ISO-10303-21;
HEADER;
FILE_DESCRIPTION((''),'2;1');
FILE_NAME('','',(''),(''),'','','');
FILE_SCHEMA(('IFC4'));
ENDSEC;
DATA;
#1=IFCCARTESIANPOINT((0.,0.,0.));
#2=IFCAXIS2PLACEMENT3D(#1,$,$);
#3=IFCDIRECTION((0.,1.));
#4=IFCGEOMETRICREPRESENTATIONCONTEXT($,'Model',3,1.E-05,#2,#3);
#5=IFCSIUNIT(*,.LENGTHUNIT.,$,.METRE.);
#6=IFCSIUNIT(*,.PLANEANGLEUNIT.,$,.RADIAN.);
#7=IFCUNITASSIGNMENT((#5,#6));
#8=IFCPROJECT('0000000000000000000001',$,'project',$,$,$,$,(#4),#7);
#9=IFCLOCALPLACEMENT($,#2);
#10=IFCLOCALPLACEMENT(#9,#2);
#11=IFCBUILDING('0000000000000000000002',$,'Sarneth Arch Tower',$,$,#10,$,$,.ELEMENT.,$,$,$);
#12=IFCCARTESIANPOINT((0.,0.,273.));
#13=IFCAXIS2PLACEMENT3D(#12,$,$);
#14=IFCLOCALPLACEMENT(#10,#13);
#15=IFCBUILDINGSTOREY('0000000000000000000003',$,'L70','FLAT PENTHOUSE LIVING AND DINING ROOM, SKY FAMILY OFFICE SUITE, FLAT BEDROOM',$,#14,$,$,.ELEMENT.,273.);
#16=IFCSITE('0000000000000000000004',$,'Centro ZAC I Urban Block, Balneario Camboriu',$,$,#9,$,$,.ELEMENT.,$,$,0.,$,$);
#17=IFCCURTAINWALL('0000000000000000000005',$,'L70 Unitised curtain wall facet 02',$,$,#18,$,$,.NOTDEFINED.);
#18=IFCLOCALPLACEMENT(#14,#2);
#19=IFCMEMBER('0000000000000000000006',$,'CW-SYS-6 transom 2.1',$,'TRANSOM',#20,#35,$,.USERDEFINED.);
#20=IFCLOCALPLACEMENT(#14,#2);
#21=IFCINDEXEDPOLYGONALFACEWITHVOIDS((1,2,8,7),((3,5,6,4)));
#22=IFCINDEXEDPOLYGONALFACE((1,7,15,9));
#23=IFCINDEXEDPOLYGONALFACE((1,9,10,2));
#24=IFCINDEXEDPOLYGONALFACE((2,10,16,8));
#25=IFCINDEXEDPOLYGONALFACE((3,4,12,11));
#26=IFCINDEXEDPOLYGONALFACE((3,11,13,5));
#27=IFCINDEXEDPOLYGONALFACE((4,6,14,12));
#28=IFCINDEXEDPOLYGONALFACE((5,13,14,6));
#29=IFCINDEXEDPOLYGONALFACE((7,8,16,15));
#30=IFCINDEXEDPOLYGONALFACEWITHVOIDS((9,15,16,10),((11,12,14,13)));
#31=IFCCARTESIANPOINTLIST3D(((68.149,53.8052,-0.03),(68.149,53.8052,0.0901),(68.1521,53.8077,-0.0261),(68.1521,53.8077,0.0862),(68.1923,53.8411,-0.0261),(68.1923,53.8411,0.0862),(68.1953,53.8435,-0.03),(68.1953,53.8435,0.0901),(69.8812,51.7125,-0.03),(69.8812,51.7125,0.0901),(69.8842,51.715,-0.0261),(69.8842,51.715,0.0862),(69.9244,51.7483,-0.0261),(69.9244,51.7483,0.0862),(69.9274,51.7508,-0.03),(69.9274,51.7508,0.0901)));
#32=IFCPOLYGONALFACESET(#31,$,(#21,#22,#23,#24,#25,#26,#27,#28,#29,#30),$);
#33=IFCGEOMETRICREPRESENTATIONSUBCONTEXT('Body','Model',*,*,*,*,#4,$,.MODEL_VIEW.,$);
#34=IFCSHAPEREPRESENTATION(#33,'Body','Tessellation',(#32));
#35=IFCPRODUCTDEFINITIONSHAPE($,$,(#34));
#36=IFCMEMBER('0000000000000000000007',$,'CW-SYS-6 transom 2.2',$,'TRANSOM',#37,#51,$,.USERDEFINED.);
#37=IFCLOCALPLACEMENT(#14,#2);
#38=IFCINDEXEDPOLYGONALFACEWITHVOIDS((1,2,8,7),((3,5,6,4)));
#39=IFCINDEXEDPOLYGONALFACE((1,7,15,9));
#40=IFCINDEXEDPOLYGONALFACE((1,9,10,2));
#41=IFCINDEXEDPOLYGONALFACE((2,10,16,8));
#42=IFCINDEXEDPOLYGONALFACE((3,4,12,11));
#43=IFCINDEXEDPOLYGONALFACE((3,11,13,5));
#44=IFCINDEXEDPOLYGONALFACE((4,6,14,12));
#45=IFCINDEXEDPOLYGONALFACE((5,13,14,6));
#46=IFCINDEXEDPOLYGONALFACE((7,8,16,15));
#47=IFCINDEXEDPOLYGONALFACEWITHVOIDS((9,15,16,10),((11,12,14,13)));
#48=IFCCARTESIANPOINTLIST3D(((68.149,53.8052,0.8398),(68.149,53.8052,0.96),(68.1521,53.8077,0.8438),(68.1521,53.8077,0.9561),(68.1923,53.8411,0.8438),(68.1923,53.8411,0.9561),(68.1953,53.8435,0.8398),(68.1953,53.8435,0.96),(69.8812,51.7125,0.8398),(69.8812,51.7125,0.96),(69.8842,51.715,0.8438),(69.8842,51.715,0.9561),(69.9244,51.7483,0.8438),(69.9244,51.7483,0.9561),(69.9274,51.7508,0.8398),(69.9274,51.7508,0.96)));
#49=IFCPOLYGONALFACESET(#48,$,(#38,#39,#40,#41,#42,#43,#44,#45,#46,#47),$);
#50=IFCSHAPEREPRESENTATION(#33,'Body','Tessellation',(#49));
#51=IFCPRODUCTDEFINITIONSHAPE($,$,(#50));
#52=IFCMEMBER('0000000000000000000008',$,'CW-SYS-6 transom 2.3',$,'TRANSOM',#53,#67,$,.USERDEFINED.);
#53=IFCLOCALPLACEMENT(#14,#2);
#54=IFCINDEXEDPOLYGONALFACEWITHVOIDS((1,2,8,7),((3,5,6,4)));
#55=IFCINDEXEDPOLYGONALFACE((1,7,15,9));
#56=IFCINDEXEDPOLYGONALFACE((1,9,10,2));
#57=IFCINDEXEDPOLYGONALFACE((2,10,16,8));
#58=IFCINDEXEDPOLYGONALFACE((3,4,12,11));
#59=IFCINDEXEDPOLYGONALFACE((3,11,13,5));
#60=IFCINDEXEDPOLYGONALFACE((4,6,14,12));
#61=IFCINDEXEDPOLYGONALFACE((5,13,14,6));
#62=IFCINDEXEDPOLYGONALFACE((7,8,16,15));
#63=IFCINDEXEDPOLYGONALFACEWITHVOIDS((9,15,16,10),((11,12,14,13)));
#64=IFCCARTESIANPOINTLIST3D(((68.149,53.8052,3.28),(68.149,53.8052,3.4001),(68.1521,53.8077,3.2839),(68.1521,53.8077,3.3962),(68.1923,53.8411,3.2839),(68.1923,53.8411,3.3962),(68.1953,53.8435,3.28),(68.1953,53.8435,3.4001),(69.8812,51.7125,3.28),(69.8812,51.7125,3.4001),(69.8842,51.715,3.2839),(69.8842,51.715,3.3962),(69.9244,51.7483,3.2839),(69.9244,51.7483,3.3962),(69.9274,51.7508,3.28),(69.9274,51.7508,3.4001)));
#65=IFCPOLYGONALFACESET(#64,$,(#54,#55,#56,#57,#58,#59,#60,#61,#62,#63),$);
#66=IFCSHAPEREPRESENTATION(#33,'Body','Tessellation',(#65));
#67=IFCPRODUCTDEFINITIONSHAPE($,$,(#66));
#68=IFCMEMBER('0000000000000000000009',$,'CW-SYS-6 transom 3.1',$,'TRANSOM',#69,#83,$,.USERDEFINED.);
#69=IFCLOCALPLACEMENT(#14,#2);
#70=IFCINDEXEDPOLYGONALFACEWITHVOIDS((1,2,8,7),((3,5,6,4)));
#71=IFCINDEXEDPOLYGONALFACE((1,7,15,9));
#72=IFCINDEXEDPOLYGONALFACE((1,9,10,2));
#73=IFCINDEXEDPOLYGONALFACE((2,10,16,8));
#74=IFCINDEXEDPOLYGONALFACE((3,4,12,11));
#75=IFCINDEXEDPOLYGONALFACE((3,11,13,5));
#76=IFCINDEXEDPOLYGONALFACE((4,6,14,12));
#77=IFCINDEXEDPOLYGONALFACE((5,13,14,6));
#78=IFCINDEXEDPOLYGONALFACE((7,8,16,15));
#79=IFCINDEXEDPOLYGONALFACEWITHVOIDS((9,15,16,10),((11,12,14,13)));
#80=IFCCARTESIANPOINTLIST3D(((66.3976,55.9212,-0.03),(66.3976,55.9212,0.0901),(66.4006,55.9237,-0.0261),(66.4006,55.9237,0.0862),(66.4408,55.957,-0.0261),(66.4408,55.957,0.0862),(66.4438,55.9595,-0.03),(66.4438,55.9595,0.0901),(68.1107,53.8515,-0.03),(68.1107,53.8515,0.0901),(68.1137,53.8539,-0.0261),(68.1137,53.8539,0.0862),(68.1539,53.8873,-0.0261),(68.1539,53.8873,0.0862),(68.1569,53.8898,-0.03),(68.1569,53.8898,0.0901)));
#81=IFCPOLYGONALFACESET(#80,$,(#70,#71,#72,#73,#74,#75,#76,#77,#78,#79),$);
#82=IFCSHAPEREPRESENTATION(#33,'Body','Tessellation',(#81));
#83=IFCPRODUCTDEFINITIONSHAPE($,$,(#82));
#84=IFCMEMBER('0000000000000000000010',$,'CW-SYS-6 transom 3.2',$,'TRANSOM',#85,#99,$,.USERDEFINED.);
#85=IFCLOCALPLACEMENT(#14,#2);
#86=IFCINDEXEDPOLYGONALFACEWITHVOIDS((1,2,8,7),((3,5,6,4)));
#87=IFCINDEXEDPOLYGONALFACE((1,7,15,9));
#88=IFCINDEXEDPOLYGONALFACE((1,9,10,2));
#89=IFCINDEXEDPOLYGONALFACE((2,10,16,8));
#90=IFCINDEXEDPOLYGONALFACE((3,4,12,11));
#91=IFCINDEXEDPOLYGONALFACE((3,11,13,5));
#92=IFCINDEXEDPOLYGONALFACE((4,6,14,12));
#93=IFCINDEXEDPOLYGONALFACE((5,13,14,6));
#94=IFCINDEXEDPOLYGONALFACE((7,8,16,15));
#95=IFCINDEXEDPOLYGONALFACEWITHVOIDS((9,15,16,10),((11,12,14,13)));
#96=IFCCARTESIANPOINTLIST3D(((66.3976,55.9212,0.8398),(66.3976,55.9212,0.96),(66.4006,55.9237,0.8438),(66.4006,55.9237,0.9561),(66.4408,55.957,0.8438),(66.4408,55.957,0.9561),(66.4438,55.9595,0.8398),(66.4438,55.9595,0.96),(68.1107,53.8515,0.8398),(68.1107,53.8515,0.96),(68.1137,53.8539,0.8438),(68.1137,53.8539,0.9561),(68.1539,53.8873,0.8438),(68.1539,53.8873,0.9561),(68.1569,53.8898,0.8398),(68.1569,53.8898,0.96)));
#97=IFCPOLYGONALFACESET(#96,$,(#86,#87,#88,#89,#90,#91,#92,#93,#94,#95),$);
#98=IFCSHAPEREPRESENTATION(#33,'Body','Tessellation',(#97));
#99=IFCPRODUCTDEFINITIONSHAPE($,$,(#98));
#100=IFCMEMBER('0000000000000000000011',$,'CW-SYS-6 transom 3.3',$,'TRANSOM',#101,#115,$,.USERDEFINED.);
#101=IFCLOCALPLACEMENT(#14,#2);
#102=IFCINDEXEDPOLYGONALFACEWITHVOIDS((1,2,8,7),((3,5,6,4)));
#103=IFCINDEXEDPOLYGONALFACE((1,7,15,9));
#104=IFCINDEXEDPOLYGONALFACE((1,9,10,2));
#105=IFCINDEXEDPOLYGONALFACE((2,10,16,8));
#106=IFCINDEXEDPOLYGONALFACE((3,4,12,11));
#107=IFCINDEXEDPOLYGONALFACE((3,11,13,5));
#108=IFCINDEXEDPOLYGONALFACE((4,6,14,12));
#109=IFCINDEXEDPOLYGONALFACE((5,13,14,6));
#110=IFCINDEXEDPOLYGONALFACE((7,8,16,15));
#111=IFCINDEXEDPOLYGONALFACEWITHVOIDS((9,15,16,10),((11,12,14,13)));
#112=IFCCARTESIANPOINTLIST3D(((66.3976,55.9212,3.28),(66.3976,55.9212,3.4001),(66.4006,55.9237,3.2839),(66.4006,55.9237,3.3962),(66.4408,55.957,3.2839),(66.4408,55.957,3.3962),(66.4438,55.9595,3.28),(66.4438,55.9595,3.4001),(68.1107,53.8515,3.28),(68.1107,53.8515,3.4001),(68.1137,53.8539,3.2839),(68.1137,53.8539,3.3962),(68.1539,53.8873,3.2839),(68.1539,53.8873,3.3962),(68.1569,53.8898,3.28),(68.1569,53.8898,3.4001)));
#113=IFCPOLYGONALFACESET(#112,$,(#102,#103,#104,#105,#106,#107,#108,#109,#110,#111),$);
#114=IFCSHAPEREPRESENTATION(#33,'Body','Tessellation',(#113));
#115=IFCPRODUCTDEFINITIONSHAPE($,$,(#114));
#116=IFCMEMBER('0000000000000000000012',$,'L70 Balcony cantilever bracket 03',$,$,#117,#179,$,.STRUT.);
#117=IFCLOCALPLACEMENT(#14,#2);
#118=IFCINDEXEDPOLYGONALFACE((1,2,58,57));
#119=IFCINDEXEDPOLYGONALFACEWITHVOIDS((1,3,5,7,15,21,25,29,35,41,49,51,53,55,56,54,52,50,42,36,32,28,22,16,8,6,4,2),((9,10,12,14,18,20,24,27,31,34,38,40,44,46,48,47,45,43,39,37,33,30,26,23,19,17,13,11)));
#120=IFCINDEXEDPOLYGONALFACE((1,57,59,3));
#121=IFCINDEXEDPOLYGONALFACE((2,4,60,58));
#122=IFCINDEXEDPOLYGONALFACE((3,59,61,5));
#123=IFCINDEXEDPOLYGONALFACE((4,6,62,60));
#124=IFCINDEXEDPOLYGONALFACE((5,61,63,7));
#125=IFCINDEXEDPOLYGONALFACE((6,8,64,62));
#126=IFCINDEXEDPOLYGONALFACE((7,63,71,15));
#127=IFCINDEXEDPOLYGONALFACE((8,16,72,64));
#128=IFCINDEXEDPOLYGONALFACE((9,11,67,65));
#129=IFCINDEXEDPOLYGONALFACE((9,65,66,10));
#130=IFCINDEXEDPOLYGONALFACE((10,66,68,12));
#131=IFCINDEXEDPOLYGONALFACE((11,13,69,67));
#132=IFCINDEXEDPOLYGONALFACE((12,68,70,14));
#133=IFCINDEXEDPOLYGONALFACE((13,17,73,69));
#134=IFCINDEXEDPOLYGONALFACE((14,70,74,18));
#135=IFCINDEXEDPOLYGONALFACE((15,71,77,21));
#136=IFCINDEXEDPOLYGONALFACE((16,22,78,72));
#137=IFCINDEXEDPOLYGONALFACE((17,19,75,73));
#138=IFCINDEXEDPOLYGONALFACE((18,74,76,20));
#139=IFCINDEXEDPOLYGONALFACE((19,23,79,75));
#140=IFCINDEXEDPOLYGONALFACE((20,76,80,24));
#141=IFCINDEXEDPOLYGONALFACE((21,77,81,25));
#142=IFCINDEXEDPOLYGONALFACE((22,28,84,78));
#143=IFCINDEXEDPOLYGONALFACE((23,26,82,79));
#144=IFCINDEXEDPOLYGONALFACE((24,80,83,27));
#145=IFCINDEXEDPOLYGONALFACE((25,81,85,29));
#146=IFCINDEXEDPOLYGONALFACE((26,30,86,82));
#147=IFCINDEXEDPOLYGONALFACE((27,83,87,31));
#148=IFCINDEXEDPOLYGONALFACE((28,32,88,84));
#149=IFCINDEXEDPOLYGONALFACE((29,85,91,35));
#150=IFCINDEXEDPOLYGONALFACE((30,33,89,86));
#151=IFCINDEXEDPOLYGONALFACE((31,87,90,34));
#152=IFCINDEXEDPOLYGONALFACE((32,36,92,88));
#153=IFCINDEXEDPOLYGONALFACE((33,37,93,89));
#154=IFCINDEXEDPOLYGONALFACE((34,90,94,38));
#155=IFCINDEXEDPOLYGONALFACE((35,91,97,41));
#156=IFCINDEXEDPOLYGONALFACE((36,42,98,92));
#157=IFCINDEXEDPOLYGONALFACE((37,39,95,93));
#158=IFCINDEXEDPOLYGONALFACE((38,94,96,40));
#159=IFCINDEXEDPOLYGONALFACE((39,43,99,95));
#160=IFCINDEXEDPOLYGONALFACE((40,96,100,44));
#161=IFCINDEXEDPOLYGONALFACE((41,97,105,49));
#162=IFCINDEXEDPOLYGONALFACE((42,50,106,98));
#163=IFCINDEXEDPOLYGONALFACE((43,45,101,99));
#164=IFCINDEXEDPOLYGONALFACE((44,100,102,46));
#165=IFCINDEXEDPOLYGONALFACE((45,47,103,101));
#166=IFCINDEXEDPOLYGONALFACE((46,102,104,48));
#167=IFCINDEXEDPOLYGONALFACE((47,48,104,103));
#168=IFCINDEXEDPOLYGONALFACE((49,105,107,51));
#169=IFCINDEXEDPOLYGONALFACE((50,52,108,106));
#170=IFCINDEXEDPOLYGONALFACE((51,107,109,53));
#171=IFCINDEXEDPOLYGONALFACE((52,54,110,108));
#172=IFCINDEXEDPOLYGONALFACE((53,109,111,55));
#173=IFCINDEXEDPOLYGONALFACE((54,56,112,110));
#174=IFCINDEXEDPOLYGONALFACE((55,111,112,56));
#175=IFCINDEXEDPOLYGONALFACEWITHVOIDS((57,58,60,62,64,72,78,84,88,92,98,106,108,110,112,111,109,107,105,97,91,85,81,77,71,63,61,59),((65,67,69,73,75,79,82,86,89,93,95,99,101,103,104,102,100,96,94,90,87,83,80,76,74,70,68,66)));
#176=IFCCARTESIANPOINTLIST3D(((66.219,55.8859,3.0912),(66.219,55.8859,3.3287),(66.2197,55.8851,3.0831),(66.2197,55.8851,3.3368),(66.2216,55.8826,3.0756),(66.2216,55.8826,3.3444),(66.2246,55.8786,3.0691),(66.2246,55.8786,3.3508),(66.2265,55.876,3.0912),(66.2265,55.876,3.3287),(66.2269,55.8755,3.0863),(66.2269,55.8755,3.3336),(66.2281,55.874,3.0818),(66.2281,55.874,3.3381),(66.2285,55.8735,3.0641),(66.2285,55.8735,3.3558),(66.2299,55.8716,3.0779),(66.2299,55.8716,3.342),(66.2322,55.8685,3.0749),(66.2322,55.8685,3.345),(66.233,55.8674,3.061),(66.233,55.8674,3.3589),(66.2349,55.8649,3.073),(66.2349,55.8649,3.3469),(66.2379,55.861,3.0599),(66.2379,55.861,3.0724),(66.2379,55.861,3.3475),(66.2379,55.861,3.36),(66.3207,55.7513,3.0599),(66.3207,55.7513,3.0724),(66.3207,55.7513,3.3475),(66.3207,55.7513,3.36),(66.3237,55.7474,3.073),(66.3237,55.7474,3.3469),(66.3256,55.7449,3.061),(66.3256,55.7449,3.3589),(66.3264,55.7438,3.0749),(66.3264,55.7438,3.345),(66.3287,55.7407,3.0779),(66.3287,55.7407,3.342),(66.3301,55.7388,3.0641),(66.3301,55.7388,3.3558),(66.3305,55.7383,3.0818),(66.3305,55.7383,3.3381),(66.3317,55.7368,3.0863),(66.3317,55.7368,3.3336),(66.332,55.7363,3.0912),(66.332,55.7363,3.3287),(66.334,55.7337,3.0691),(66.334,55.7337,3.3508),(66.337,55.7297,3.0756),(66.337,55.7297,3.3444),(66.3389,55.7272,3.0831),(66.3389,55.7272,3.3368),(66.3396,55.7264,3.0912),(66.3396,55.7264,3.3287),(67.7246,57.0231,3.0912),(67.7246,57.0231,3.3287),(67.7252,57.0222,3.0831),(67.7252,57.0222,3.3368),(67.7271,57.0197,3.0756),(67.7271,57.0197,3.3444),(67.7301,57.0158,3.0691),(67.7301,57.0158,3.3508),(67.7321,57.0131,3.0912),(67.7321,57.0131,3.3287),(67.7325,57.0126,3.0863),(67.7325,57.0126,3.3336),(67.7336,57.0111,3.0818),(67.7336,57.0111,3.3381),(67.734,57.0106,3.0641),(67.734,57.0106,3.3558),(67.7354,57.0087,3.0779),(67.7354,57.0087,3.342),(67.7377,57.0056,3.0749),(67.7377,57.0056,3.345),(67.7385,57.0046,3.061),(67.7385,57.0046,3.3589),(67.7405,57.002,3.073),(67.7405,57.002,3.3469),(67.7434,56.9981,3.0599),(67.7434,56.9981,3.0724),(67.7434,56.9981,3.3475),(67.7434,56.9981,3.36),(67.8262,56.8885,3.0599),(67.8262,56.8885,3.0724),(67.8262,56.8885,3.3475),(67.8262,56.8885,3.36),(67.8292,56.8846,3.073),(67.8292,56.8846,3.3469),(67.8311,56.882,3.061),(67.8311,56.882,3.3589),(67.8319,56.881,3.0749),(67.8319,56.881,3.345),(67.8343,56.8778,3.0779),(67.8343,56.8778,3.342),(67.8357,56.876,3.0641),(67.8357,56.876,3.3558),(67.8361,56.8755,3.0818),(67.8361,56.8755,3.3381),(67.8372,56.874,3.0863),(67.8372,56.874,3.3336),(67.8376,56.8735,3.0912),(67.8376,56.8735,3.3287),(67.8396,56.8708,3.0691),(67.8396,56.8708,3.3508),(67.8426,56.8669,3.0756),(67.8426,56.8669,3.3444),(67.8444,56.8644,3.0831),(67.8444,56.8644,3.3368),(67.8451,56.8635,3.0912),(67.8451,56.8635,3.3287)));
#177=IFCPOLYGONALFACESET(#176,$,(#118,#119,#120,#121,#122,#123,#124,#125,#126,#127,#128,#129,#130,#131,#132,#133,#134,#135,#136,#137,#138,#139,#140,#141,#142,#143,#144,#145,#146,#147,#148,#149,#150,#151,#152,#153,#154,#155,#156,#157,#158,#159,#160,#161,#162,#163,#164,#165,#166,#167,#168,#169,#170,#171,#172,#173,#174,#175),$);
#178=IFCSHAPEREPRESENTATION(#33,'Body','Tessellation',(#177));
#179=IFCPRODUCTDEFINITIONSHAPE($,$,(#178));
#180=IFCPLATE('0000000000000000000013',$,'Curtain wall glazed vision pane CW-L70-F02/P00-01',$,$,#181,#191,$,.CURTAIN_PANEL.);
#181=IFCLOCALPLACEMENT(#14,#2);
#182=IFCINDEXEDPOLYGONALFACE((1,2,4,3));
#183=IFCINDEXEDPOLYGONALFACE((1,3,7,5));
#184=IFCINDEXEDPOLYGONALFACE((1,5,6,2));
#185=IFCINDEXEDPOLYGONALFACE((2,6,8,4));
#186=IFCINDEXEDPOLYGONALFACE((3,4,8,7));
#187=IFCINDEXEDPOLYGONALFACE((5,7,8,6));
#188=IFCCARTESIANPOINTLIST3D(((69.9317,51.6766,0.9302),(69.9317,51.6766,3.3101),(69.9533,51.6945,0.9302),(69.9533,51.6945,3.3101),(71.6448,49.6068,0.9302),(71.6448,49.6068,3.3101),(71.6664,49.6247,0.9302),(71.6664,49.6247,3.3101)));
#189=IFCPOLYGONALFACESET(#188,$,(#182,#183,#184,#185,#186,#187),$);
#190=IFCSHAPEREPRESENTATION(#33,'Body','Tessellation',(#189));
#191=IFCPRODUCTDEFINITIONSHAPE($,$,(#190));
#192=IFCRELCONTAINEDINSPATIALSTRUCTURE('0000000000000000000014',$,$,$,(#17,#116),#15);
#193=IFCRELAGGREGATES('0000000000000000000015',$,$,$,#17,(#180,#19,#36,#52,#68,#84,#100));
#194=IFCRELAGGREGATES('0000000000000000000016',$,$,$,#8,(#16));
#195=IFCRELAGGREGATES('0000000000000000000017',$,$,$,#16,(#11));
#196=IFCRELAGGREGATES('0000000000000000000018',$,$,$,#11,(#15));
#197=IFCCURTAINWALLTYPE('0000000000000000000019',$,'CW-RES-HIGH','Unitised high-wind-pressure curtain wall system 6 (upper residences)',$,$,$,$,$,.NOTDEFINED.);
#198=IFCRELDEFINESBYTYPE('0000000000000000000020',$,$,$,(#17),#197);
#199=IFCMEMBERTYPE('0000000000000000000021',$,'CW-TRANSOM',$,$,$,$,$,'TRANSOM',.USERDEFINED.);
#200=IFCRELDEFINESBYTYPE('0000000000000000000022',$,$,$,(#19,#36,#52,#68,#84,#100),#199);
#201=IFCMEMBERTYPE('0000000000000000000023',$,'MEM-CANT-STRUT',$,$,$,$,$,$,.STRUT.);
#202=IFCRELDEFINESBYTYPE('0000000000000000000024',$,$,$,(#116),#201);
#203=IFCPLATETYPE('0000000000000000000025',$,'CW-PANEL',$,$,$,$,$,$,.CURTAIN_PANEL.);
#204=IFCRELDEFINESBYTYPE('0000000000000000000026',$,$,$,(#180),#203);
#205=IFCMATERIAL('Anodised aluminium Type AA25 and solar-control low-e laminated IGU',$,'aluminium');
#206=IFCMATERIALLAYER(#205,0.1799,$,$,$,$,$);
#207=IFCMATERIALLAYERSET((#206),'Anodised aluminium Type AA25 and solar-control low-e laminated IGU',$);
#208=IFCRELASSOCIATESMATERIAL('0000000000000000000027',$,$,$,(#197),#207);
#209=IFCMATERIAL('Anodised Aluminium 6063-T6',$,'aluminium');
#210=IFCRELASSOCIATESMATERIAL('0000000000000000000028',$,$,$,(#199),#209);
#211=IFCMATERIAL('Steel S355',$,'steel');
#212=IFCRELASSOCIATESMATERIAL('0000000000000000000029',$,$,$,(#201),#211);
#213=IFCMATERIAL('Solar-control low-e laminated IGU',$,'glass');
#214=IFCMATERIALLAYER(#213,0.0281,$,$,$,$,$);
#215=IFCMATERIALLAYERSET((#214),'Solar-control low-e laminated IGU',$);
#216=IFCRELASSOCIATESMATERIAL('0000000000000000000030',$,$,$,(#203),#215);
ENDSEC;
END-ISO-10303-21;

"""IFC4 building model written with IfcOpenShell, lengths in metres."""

from ifc_helpers import new_model, si_unit, direction, frame, origin, origin_2d, place, context, subcontext, project, spatial, rectangle, hollow_rectangle, extrude, material, layer, layer_set, material_profile, profile_set, type_object, element, aggregate, save


model = new_model("IFC4")

# Units and contexts
model_context = context("Model", 3, precision=1e-05, world=origin(), true_north=direction((0.0, 1.0)))
body_context = subcontext(model_context, "Body", "Model", "MODEL_VIEW")
ifc_project = project(units=[si_unit("LENGTHUNIT", "METRE"), si_unit("PLANEANGLEUNIT", "RADIAN")], contexts=[model_context])

# Site, building, storey
site_placement = place(None, origin())
site = spatial("IfcSite", under=ifc_project, at=site_placement, Name="Centro ZAC I Urban Block, Balneario Camboriu", CompositionType="ELEMENT", RefElevation=0.0)
building_placement = place(site_placement, origin())
building = spatial("IfcBuilding", under=site, at=building_placement, Name="Sarneth Arch Tower", CompositionType="ELEMENT")
storey_placement = place(building_placement, frame((0.0, 0.0, 273.0)))
storey = spatial("IfcBuildingStorey", under=building, at=storey_placement, Name="L70", Description="FLAT PENTHOUSE LIVING AND DINING ROOM, SKY FAMILY OFFICE SUITE, FLAT BEDROOM", CompositionType="ELEMENT", Elevation=273.0)

# Curtain wall, members
ifc_material_1 = material(Name="Anodised aluminium Type AA25 and solar-control low-e laminated IGU", Category="aluminium")
ifc_layer_1 = layer(ifc_material_1, 0.1799)
ifc_layer_set_1 = layer_set([ifc_layer_1], Name="Anodised aluminium Type AA25 and solar-control low-e laminated IGU")
curtain_wall_type = type_object("IfcCurtainWallType", Name="CW-RES-HIGH", Description="Unitised high-wind-pressure curtain wall system 6 (upper residences)", PredefinedType="NOTDEFINED", material=ifc_layer_set_1)
curtain_wall_placement = place(storey_placement, origin())
curtain_wall = element("IfcCurtainWall", 1, at=curtain_wall_placement, inside=storey, type_object=curtain_wall_type, Name="L70 Unitised curtain wall facet 02", PredefinedType="NOTDEFINED")
ifc_material_2 = material(Name="Anodised Aluminium 6063-T6", Category="aluminium")
ifc_material_profile_1 = material_profile(ifc_material_2, hollow_rectangle(XDim=0.0601, YDim=0.1201, WallThickness=0.0039, at=origin_2d()), Name="AL-TRAN-120x60x4")
ifc_profile_set_1 = profile_set([ifc_material_profile_1], Name="Anodised Aluminium 6063-T6")
member_type_1 = type_object("IfcMemberType", Name="CW-TRANSOM", ElementType="TRANSOM", PredefinedType="USERDEFINED", material=ifc_profile_set_1)
member_1_placement = place(storey_placement, frame((69.9043, 51.7317, 0.03), z_axis=(-0.637617, 0.770353, 0.0), x_axis=(-0.770353, -0.637617, 0.0)))
member_1 = element("IfcMember", 2, at=member_1_placement, type_object=member_type_1, Name="CW-SYS-6 transom 2.1", ObjectType="TRANSOM", PredefinedType="USERDEFINED", context=body_context, shape_type="SweptSolid", body=[
    extrude(hollow_rectangle(XDim=0.0601, YDim=0.1201, WallThickness=0.0039, at=origin_2d()), origin(), (0.0, 0.0, 1.0), 2.7166),
])
member_2_placement = place(storey_placement, frame((69.9043, 51.7317, 0.8999), z_axis=(-0.637617, 0.770353, 0.0), x_axis=(-0.770353, -0.637617, 0.0)))
member_2 = element("IfcMember", 3, at=member_2_placement, type_object=member_type_1, Name="CW-SYS-6 transom 2.2", ObjectType="TRANSOM", PredefinedType="USERDEFINED", context=body_context, shape_type="SweptSolid", body=[
    extrude(hollow_rectangle(XDim=0.0601, YDim=0.1201, WallThickness=0.0039, at=origin_2d()), origin(), (0.0, 0.0, 1.0), 2.7166),
])
member_3_placement = place(storey_placement, frame((69.9043, 51.7317, 3.3401), z_axis=(-0.637617, 0.770353, 0.0), x_axis=(-0.770353, -0.637617, 0.0)))
member_3 = element("IfcMember", 4, at=member_3_placement, type_object=member_type_1, Name="CW-SYS-6 transom 2.3", ObjectType="TRANSOM", PredefinedType="USERDEFINED", context=body_context, shape_type="SweptSolid", body=[
    extrude(hollow_rectangle(XDim=0.0601, YDim=0.1201, WallThickness=0.0039, at=origin_2d()), origin(), (0.0, 0.0, 1.0), 2.7166),
])
member_4_placement = place(storey_placement, frame((68.1338, 53.8706, 0.03), z_axis=(-0.637607, 0.770362, 0.0), x_axis=(-0.770362, -0.637607, 0.0)))
member_4 = element("IfcMember", 5, at=member_4_placement, type_object=member_type_1, Name="CW-SYS-6 transom 3.1", ObjectType="TRANSOM", PredefinedType="USERDEFINED", context=body_context, shape_type="SweptSolid", body=[
    extrude(hollow_rectangle(XDim=0.0601, YDim=0.1201, WallThickness=0.0039, at=origin_2d()), origin(), (0.0, 0.0, 1.0), 2.6868),
])
member_5_placement = place(storey_placement, frame((68.1338, 53.8706, 0.8999), z_axis=(-0.637607, 0.770362, 0.0), x_axis=(-0.770362, -0.637607, 0.0)))
member_5 = element("IfcMember", 6, at=member_5_placement, type_object=member_type_1, Name="CW-SYS-6 transom 3.2", ObjectType="TRANSOM", PredefinedType="USERDEFINED", context=body_context, shape_type="SweptSolid", body=[
    extrude(hollow_rectangle(XDim=0.0601, YDim=0.1201, WallThickness=0.0039, at=origin_2d()), origin(), (0.0, 0.0, 1.0), 2.6868),
])
member_6_placement = place(storey_placement, frame((68.1338, 53.8706, 3.3401), z_axis=(-0.637607, 0.770362, 0.0), x_axis=(-0.770362, -0.637607, 0.0)))
member_6 = element("IfcMember", 7, at=member_6_placement, type_object=member_type_1, Name="CW-SYS-6 transom 3.3", ObjectType="TRANSOM", PredefinedType="USERDEFINED", context=body_context, shape_type="SweptSolid", body=[
    extrude(hollow_rectangle(XDim=0.0601, YDim=0.1201, WallThickness=0.0039, at=origin_2d()), origin(), (0.0, 0.0, 1.0), 2.6868),
])

# Member
ifc_material_3 = material(Name="Steel S355", Category="steel")
ifc_material_profile_2 = material_profile(ifc_material_3, hollow_rectangle(XDim=0.2, YDim=0.3, WallThickness=0.0125, InnerFilletRadius=0.0188, OuterFilletRadius=0.0312, at=origin_2d()), Name="RHS300x200x12.5")
ifc_profile_set_2 = profile_set([ifc_material_profile_2], Name="Steel S355")
member_type_2 = type_object("IfcMemberType", Name="MEM-CANT-STRUT", PredefinedType="STRUT", material=ifc_profile_set_2)
member_7_placement = place(storey_placement, frame((66.2793, 55.8062, 3.21), z_axis=(0.797961, 0.602709, 0.0), x_axis=(-0.602709, 0.797961, 0.0)))
element("IfcMember", 8, at=member_7_placement, inside=storey, type_object=member_type_2, Name="L70 Balcony cantilever bracket 03", PredefinedType="STRUT", context=body_context, shape_type="SweptSolid", body=[
    extrude(hollow_rectangle(XDim=0.2, YDim=0.3, WallThickness=0.0125, InnerFilletRadius=0.0188, OuterFilletRadius=0.0312, at=origin_2d()), origin(), (0.0, 0.0, 1.0), 1.8867),
])

# Plate
ifc_material_4 = material(Name="Solar-control low-e laminated IGU", Category="glass")
ifc_layer_2 = layer(ifc_material_4, 0.0281)
ifc_layer_set_2 = layer_set([ifc_layer_2], Name="Solar-control low-e laminated IGU")
plate_type_1 = type_object("IfcPlateType", Name="CW-PANEL", PredefinedType="CURTAIN_PANEL", material=ifc_layer_set_2)
plate_1_placement = place(storey_placement, frame((70.7991, 50.6506, 0.9302), z_axis=(0.0, 0.0, 1.0), x_axis=(-0.63761, 0.770359, 0.0)))
plate_1 = element("IfcPlate", 9, at=plate_1_placement, type_object=plate_type_1, Name="Curtain wall glazed vision pane CW-L70-F02/P00-01", PredefinedType="CURTAIN_PANEL", context=body_context, shape_type="SweptSolid", body=[
    extrude(rectangle(XDim=2.6868, YDim=0.0281, at=origin_2d()), origin(), (0.0, 0.0, 1.0), 2.3799),
])
aggregate(curtain_wall, [plate_1, member_1, member_2, member_3, member_4, member_5, member_6])

save(model, "model.ifc")
